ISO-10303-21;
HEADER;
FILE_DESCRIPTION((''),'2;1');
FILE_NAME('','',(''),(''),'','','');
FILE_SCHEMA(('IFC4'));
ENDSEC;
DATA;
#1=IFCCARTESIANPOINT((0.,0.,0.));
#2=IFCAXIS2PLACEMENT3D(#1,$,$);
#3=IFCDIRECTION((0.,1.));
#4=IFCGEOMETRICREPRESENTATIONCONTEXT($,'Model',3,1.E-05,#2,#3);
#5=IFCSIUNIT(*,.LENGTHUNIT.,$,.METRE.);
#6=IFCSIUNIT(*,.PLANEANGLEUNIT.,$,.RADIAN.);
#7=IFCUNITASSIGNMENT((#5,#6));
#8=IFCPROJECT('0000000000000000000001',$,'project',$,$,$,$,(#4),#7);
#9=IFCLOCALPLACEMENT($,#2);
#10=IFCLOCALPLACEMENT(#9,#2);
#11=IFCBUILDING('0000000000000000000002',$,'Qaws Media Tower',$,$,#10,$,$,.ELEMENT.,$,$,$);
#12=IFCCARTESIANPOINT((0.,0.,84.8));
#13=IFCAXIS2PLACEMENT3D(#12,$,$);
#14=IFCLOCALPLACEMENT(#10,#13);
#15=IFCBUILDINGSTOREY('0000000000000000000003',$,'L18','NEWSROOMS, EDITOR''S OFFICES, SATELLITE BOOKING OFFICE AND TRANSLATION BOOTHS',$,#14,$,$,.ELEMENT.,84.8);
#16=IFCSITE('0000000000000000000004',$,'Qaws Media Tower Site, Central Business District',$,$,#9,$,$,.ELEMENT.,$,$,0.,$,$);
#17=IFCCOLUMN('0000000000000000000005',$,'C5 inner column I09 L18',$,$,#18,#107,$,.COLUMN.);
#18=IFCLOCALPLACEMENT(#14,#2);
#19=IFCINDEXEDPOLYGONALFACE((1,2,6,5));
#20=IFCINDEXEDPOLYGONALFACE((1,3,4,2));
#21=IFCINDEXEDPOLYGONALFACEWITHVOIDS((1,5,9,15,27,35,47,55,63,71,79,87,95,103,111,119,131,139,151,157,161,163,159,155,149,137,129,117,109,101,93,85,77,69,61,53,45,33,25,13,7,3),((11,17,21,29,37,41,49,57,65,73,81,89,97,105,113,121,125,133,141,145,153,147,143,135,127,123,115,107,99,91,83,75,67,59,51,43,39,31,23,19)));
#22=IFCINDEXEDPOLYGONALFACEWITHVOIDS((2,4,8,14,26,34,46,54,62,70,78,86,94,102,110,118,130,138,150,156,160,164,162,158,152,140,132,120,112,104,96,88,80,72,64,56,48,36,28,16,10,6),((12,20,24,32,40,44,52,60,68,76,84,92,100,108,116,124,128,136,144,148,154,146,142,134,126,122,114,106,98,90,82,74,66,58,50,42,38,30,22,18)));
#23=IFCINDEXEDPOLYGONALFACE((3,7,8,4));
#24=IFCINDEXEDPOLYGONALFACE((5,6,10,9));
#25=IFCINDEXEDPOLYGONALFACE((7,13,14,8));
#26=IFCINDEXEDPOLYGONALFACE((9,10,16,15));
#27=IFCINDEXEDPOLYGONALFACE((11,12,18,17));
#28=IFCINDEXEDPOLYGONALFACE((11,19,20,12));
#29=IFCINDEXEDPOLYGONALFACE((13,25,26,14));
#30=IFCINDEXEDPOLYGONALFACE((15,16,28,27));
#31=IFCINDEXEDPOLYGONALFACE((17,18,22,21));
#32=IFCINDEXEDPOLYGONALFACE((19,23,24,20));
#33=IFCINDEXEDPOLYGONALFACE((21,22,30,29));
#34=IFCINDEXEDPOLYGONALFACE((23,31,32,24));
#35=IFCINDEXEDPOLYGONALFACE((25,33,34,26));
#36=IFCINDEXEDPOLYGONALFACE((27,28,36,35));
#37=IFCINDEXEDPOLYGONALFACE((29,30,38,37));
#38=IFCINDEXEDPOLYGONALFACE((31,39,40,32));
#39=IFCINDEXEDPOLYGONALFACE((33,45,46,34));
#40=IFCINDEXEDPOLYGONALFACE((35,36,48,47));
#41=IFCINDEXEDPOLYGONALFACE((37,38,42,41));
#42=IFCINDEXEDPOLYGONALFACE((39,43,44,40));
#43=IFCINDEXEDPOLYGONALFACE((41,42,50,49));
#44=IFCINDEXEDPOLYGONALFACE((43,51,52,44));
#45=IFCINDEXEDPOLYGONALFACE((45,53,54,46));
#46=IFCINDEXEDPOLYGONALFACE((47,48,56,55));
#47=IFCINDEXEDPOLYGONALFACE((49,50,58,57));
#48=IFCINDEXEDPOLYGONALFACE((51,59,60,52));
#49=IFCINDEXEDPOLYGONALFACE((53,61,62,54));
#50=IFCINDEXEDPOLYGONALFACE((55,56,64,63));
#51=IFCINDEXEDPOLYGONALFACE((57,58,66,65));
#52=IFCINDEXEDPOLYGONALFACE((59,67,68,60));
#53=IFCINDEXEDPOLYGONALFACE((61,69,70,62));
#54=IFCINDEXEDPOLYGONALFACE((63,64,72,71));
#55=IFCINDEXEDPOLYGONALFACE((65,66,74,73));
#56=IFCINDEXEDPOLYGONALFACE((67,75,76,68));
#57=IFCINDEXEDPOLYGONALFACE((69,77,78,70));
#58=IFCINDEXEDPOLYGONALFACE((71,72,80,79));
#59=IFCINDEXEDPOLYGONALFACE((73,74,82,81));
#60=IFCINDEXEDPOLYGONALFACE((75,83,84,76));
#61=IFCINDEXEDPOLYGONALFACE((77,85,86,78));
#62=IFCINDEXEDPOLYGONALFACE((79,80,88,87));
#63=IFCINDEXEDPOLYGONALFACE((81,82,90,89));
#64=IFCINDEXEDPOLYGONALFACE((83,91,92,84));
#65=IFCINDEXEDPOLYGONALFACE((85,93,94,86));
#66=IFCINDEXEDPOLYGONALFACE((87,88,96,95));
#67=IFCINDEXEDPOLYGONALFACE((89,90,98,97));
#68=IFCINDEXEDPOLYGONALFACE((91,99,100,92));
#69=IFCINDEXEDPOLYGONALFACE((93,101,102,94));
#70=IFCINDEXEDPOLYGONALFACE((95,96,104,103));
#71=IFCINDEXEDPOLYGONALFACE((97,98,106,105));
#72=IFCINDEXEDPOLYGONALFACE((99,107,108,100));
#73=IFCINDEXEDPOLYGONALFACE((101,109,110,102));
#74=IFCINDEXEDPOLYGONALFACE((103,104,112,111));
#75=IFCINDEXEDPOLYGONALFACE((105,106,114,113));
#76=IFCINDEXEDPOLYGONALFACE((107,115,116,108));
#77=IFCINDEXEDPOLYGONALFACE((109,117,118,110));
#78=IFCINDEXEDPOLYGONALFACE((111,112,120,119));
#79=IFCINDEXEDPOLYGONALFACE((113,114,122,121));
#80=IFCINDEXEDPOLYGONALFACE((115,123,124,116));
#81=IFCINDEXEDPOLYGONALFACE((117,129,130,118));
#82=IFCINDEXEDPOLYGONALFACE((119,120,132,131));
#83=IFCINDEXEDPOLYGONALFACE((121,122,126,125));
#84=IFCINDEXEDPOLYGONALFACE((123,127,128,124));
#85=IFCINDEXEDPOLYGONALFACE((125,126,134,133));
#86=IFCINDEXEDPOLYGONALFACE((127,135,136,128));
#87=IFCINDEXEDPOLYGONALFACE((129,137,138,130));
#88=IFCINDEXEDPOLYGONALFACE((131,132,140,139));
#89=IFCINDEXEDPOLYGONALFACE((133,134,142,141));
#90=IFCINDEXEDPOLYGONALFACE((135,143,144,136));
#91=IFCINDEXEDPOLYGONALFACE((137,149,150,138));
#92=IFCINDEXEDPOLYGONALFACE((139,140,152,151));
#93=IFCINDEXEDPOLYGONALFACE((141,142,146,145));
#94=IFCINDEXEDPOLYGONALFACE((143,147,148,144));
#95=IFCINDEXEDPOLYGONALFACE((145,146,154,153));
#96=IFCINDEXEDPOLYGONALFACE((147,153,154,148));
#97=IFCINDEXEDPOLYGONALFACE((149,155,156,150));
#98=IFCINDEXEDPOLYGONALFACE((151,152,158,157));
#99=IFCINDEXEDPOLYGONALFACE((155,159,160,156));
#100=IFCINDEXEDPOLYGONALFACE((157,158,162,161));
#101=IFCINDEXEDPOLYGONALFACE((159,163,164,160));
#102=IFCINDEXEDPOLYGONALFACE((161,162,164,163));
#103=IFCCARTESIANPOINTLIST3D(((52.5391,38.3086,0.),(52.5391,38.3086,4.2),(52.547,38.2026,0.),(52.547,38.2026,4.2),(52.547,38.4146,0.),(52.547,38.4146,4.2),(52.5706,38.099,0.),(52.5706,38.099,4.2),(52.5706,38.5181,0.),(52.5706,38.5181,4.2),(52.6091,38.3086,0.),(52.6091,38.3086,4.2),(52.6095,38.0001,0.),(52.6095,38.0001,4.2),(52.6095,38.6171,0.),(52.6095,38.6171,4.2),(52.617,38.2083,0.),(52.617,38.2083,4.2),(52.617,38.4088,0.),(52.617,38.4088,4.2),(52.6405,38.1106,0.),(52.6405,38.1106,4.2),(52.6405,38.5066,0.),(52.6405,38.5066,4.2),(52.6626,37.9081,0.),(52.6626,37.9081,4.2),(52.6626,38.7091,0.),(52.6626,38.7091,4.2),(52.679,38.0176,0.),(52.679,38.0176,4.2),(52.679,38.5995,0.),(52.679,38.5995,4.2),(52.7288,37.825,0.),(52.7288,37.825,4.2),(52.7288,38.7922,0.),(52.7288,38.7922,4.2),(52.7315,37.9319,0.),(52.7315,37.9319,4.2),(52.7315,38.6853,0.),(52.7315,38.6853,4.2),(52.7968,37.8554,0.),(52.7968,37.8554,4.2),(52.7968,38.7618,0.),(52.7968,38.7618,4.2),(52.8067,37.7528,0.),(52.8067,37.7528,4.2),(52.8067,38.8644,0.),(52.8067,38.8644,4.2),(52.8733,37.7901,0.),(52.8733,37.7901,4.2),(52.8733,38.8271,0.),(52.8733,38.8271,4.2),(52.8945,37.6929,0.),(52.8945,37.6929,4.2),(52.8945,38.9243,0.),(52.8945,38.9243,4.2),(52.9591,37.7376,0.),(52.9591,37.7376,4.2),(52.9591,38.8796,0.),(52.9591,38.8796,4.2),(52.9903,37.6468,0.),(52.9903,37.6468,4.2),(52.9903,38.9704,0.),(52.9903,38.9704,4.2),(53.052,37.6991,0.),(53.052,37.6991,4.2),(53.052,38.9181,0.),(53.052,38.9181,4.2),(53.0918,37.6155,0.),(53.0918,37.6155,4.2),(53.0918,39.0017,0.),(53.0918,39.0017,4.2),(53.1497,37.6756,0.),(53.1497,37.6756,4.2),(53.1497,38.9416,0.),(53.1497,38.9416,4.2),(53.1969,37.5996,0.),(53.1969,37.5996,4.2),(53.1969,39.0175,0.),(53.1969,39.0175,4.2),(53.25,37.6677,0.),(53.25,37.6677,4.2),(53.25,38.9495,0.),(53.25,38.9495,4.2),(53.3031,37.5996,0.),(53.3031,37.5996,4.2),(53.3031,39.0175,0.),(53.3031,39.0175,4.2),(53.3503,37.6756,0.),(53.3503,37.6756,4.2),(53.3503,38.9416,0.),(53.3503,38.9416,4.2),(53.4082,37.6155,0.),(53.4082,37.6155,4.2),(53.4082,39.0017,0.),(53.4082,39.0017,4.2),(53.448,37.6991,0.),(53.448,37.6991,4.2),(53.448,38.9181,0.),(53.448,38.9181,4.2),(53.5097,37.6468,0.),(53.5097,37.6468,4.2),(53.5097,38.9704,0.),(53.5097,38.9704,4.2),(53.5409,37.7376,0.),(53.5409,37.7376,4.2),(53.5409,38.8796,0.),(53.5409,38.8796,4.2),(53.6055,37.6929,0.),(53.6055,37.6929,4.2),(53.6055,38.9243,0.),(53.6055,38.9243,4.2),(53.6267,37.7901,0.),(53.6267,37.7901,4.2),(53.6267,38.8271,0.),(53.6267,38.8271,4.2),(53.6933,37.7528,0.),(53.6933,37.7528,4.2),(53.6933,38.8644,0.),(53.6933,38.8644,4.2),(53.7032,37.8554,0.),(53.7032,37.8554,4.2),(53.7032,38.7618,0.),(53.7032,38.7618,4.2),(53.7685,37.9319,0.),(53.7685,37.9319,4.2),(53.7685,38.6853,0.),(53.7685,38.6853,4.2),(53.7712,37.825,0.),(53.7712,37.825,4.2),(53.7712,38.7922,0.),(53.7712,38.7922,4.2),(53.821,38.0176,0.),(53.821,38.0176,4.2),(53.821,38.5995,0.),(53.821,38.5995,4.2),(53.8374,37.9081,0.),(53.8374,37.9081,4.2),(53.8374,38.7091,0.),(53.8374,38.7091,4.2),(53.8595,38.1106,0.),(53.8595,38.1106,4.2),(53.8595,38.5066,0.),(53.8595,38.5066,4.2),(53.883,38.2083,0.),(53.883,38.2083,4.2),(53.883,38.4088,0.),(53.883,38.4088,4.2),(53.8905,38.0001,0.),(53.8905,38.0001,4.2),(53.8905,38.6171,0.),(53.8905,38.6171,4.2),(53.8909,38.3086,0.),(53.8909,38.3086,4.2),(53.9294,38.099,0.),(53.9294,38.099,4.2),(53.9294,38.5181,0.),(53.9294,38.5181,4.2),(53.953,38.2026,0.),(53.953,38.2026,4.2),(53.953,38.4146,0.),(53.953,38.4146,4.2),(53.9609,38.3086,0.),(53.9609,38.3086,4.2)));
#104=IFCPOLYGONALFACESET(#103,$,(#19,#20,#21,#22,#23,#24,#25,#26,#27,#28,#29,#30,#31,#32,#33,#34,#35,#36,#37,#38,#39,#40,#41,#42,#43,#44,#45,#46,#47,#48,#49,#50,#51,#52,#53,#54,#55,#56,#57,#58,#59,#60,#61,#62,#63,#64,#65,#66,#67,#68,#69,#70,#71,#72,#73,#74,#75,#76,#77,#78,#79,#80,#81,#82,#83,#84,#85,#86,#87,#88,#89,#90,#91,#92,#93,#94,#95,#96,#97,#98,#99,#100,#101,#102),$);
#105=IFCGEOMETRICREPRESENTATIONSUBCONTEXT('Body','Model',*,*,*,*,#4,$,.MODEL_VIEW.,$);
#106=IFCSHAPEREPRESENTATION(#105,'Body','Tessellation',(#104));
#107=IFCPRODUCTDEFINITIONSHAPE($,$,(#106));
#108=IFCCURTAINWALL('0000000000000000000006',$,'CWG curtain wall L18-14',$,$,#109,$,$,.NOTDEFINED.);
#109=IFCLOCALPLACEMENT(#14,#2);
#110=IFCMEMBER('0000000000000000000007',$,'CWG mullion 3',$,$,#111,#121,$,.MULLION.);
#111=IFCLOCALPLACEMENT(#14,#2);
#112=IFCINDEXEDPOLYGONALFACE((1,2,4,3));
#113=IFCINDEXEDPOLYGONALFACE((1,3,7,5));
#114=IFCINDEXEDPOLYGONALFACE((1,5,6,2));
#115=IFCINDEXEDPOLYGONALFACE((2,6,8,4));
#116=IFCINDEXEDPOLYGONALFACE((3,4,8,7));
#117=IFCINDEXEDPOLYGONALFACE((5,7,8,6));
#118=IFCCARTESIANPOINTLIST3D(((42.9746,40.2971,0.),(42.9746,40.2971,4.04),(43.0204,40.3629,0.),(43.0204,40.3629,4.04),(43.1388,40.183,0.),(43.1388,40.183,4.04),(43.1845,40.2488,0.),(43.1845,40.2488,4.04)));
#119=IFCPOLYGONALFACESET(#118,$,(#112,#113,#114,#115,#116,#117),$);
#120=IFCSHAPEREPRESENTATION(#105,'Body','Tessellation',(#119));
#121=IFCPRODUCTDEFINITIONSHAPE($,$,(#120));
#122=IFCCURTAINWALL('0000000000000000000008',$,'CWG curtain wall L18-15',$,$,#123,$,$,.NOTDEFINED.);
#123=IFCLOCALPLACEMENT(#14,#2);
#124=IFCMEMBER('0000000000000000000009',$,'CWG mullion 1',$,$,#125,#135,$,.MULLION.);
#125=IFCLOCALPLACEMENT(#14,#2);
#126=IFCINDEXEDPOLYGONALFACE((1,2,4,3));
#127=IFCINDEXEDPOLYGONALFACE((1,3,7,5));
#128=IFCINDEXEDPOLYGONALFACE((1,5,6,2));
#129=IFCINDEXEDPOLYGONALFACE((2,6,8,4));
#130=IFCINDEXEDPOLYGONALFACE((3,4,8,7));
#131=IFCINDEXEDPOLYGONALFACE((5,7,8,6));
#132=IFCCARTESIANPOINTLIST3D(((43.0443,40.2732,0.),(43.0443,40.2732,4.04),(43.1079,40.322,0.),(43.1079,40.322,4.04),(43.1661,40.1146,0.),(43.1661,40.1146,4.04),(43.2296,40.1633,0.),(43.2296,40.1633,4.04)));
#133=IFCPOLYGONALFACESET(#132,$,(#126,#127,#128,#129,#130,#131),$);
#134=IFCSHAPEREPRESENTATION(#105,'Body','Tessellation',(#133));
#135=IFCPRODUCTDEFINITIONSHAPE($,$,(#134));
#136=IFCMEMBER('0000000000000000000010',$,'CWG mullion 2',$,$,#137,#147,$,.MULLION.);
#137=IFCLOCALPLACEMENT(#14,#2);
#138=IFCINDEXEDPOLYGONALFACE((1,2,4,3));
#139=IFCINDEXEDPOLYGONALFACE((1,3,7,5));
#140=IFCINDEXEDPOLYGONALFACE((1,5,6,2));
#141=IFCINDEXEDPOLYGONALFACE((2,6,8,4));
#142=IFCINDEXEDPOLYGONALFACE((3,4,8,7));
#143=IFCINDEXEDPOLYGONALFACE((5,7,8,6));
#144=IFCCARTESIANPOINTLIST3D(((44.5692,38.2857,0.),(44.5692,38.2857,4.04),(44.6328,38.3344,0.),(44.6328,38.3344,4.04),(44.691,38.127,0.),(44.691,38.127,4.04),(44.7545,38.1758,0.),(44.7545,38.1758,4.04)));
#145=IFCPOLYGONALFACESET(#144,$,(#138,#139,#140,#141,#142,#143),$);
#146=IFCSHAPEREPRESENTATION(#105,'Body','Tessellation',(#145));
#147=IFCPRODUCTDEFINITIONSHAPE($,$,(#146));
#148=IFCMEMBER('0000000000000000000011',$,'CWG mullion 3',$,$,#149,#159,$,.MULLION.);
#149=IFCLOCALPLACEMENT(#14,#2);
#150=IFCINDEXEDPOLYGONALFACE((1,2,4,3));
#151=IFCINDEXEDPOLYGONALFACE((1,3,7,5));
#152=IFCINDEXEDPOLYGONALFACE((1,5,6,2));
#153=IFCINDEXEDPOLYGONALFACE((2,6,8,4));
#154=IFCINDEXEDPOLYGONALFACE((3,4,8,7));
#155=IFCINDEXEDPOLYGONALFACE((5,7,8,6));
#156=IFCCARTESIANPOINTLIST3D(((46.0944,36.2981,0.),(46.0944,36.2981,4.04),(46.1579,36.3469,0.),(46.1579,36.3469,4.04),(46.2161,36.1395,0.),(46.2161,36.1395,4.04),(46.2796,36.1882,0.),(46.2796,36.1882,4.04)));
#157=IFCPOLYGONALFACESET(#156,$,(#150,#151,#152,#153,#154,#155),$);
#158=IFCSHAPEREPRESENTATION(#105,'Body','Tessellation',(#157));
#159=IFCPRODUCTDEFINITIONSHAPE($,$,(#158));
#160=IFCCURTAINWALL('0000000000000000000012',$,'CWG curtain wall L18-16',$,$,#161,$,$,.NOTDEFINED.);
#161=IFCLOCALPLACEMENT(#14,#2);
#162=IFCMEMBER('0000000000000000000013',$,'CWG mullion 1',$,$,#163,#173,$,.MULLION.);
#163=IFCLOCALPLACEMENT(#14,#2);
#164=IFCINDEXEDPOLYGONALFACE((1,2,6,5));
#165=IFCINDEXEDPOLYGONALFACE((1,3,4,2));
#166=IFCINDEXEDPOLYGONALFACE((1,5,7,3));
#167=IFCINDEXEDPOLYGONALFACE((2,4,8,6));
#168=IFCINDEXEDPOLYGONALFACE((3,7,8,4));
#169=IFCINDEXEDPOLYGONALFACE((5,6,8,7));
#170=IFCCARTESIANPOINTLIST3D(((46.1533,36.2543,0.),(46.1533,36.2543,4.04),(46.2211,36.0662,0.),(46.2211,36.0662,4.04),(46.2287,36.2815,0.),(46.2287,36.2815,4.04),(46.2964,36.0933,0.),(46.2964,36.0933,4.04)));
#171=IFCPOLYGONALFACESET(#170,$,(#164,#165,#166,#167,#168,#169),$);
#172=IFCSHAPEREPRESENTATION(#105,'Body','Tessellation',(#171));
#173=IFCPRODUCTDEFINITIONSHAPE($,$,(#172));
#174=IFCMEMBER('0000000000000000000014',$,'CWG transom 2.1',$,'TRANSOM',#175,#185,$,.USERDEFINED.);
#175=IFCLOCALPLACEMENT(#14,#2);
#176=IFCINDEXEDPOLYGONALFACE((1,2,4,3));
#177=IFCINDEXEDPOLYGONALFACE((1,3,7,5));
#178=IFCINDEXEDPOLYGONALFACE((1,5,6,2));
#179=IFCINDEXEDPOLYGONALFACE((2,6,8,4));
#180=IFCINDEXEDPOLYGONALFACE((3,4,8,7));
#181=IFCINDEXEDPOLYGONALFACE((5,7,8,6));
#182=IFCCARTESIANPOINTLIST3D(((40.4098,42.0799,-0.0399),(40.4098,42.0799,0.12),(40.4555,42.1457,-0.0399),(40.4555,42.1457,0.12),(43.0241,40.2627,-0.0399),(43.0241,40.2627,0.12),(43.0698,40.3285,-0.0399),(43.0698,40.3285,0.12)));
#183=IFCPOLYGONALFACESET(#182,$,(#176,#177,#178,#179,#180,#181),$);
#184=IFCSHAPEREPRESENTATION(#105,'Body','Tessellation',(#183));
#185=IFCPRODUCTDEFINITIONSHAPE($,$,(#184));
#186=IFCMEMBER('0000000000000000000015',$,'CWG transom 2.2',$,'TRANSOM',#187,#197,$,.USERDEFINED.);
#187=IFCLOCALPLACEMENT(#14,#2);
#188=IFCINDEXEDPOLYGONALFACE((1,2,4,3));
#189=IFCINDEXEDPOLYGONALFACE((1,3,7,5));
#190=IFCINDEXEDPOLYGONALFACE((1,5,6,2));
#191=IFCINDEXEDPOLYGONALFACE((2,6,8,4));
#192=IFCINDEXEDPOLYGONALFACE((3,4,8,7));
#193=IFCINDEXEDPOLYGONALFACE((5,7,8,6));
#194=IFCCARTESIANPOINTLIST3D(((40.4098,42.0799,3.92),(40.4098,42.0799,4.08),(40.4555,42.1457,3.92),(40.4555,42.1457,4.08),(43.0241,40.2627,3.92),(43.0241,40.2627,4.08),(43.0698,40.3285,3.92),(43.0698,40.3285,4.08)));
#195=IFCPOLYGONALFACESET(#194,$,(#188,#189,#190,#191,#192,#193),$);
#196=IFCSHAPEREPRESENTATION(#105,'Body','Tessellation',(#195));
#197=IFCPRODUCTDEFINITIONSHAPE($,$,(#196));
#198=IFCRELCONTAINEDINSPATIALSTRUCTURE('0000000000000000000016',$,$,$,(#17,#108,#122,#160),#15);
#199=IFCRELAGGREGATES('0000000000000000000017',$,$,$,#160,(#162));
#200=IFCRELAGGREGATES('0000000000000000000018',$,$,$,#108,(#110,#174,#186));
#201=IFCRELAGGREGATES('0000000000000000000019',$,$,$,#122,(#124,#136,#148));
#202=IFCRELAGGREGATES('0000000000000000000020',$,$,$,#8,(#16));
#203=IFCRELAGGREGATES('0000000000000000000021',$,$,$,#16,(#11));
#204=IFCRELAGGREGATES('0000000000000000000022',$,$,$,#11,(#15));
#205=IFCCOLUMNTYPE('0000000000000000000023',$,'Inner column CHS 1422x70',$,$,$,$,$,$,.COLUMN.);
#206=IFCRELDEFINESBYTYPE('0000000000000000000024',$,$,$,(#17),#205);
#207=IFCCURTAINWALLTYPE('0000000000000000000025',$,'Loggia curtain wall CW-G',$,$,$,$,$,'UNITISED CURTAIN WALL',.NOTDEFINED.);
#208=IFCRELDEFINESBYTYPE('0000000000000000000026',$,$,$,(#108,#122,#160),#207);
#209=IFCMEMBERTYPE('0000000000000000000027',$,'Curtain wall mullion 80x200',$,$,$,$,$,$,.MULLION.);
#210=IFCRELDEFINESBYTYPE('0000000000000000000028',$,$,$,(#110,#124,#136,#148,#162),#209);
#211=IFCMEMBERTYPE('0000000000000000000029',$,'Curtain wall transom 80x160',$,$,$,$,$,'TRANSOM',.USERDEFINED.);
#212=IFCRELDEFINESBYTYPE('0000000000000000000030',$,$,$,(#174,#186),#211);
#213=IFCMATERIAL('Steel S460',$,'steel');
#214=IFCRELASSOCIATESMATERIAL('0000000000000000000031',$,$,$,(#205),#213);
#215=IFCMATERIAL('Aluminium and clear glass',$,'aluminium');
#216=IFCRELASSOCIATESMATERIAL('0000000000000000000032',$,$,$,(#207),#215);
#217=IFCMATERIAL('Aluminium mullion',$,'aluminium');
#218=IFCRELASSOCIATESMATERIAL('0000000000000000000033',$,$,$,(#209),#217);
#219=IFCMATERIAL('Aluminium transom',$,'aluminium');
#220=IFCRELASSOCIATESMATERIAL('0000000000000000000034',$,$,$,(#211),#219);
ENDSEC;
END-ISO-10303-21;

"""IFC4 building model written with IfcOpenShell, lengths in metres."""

from ifc_helpers import new_model, si_unit, direction, frame, origin, origin_2d, place, context, subcontext, project, spatial, rectangle, hollow_circle, extrude, material, material_profile, profile_set, type_object, element, aggregate, save


model = new_model("IFC4")

# Units and contexts
model_context = context("Model", 3, precision=1e-05, world=origin(), true_north=direction((0.0, 1.0)))
body_context = subcontext(model_context, "Body", "Model", "MODEL_VIEW")
ifc_project = project(units=[si_unit("LENGTHUNIT", "METRE"), si_unit("PLANEANGLEUNIT", "RADIAN")], contexts=[model_context])

# Site, building, storey
site_placement = place(None, origin())
site = spatial("IfcSite", under=ifc_project, at=site_placement, Name="Qaws Media Tower Site, Central Business District", CompositionType="ELEMENT", RefElevation=0.0)
building_placement = place(site_placement, origin())
building = spatial("IfcBuilding", under=site, at=building_placement, Name="Qaws Media Tower", CompositionType="ELEMENT")
storey_placement = place(building_placement, frame((0.0, 0.0, 84.8)))
storey = spatial("IfcBuildingStorey", under=building, at=storey_placement, Name="L18", Description="NEWSROOMS, EDITOR'S OFFICES, SATELLITE BOOKING OFFICE AND TRANSLATION BOOTHS", CompositionType="ELEMENT", Elevation=84.8)

# Column
ifc_material_1 = material(Name="Steel S460", Category="steel")
ifc_material_profile_1 = material_profile(ifc_material_1, hollow_circle(Radius=0.7109, WallThickness=0.0701, at=origin_2d()), Name="CHS 1422x70")
ifc_profile_set_1 = profile_set([ifc_material_profile_1], Name="Steel S460")
column_type = type_object("IfcColumnType", Name="Inner column CHS 1422x70", PredefinedType="COLUMN", material=ifc_profile_set_1)
column_placement = place(storey_placement, frame((53.25, 38.3086, 0.0), z_axis=(0.0, 0.0, 1.0), x_axis=(1.0, 0.0, 0.0)))
element("IfcColumn", 1, at=column_placement, inside=storey, type_object=column_type, Name="C5 inner column I09 L18", PredefinedType="COLUMN", context=body_context, shape_type="SweptSolid", body=[
    extrude(hollow_circle(Radius=0.7109, WallThickness=0.0701, at=origin_2d()), origin(), (0.0, 0.0, 1.0), 4.2),
])

# Curtain wall, member
ifc_material_2 = material(Name="Aluminium and clear glass", Category="aluminium")
curtain_wall_type = type_object("IfcCurtainWallType", Name="Loggia curtain wall CW-G", ElementType="UNITISED CURTAIN WALL", PredefinedType="NOTDEFINED", material=ifc_material_2)
curtain_wall_1_placement = place(storey_placement, origin())
curtain_wall_1 = element("IfcCurtainWall", 2, at=curtain_wall_1_placement, inside=storey, type_object=curtain_wall_type, Name="CWG curtain wall L18-14", PredefinedType="NOTDEFINED")
ifc_material_3 = material(Name="Aluminium mullion", Category="aluminium")
ifc_material_profile_2 = material_profile(ifc_material_3, rectangle(XDim=0.0801, YDim=0.2, at=origin_2d()), Name="80x200")
ifc_profile_set_2 = profile_set([ifc_material_profile_2], Name="Aluminium mullion")
member_type_1 = type_object("IfcMemberType", Name="Curtain wall mullion 80x200", PredefinedType="MULLION", material=ifc_profile_set_2)
member_1_placement = place(storey_placement, frame((43.0796, 40.2729, 0.0), z_axis=(0.0, 0.0, 1.0), x_axis=(0.570768, 0.821111, 0.0)))
member_1 = element("IfcMember", 3, at=member_1_placement, type_object=member_type_1, Name="CWG mullion 3", PredefinedType="MULLION", context=body_context, shape_type="SweptSolid", body=[
    extrude(rectangle(XDim=0.0801, YDim=0.2, at=origin_2d()), origin(), (0.0, 0.0, 1.0), 4.04),
])

# Curtain wall, members
curtain_wall_2_placement = place(storey_placement, origin())
curtain_wall_2 = element("IfcCurtainWall", 4, at=curtain_wall_2_placement, inside=storey, type_object=curtain_wall_type, Name="CWG curtain wall L18-15", PredefinedType="NOTDEFINED")
member_2_placement = place(storey_placement, frame((43.137, 40.2183, 0.0), z_axis=(0.0, 0.0, 1.0), x_axis=(0.793353, 0.608761, 0.0)))
member_2 = element("IfcMember", 5, at=member_2_placement, type_object=member_type_1, Name="CWG mullion 1", PredefinedType="MULLION", context=body_context, shape_type="SweptSolid", body=[
    extrude(rectangle(XDim=0.0801, YDim=0.2, at=origin_2d()), origin(), (0.0, 0.0, 1.0), 4.04),
])
member_3_placement = place(storey_placement, frame((44.6619, 38.2307, 0.0), z_axis=(0.0, 0.0, 1.0), x_axis=(0.793353, 0.608761, 0.0)))
member_3 = element("IfcMember", 6, at=member_3_placement, type_object=member_type_1, Name="CWG mullion 2", PredefinedType="MULLION", context=body_context, shape_type="SweptSolid", body=[
    extrude(rectangle(XDim=0.0801, YDim=0.2, at=origin_2d()), origin(), (0.0, 0.0, 1.0), 4.04),
])
member_4_placement = place(storey_placement, frame((46.187, 36.2432, 0.0), z_axis=(0.0, 0.0, 1.0), x_axis=(0.793353, 0.608761, 0.0)))
member_4 = element("IfcMember", 7, at=member_4_placement, type_object=member_type_1, Name="CWG mullion 3", PredefinedType="MULLION", context=body_context, shape_type="SweptSolid", body=[
    extrude(rectangle(XDim=0.0801, YDim=0.2, at=origin_2d()), origin(), (0.0, 0.0, 1.0), 4.04),
])

# Curtain wall, member
curtain_wall_3_placement = place(storey_placement, origin())
curtain_wall_3 = element("IfcCurtainWall", 8, at=curtain_wall_3_placement, inside=storey, type_object=curtain_wall_type, Name="CWG curtain wall L18-16", PredefinedType="NOTDEFINED")
member_5_placement = place(storey_placement, frame((46.2249, 36.1738, 0.0), z_axis=(0.0, 0.0, 1.0), x_axis=(0.940858, 0.3388, 0.0)))
member_5 = element("IfcMember", 9, at=member_5_placement, type_object=member_type_1, Name="CWG mullion 1", PredefinedType="MULLION", context=body_context, shape_type="SweptSolid", body=[
    extrude(rectangle(XDim=0.0801, YDim=0.2, at=origin_2d()), origin(), (0.0, 0.0, 1.0), 4.04),
])

# Members
ifc_material_4 = material(Name="Aluminium transom", Category="aluminium")
ifc_material_profile_3 = material_profile(ifc_material_4, rectangle(XDim=0.0801, YDim=0.1599, at=origin_2d()), Name="80x160")
ifc_profile_set_3 = profile_set([ifc_material_profile_3], Name="Aluminium transom")
member_type_2 = type_object("IfcMemberType", Name="Curtain wall transom 80x160", ElementType="TRANSOM", PredefinedType="USERDEFINED", material=ifc_profile_set_3)
member_6_placement = place(storey_placement, frame((40.4326, 42.1128, 0.04), z_axis=(0.821122, -0.570752, 0.0), x_axis=(0.570752, 0.821122, 0.0)))
member_6 = element("IfcMember", 10, at=member_6_placement, type_object=member_type_2, Name="CWG transom 2.1", ObjectType="TRANSOM", PredefinedType="USERDEFINED", context=body_context, shape_type="SweptSolid", body=[
    extrude(rectangle(XDim=0.0801, YDim=0.1599, at=origin_2d()), origin(), (0.0, 0.0, 1.0), 3.1838),
])
member_7_placement = place(storey_placement, frame((40.4326, 42.1128, 4.0), z_axis=(0.821122, -0.570752, 0.0), x_axis=(0.570752, 0.821122, 0.0)))
member_7 = element("IfcMember", 11, at=member_7_placement, type_object=member_type_2, Name="CWG transom 2.2", ObjectType="TRANSOM", PredefinedType="USERDEFINED", context=body_context, shape_type="SweptSolid", body=[
    extrude(rectangle(XDim=0.0801, YDim=0.1599, at=origin_2d()), origin(), (0.0, 0.0, 1.0), 3.1838),
])
aggregate(curtain_wall_3, [member_5])

aggregate(curtain_wall_1, [member_1, member_6, member_7])
aggregate(curtain_wall_2, [member_2, member_3, member_4])

save(model, "model.ifc")
